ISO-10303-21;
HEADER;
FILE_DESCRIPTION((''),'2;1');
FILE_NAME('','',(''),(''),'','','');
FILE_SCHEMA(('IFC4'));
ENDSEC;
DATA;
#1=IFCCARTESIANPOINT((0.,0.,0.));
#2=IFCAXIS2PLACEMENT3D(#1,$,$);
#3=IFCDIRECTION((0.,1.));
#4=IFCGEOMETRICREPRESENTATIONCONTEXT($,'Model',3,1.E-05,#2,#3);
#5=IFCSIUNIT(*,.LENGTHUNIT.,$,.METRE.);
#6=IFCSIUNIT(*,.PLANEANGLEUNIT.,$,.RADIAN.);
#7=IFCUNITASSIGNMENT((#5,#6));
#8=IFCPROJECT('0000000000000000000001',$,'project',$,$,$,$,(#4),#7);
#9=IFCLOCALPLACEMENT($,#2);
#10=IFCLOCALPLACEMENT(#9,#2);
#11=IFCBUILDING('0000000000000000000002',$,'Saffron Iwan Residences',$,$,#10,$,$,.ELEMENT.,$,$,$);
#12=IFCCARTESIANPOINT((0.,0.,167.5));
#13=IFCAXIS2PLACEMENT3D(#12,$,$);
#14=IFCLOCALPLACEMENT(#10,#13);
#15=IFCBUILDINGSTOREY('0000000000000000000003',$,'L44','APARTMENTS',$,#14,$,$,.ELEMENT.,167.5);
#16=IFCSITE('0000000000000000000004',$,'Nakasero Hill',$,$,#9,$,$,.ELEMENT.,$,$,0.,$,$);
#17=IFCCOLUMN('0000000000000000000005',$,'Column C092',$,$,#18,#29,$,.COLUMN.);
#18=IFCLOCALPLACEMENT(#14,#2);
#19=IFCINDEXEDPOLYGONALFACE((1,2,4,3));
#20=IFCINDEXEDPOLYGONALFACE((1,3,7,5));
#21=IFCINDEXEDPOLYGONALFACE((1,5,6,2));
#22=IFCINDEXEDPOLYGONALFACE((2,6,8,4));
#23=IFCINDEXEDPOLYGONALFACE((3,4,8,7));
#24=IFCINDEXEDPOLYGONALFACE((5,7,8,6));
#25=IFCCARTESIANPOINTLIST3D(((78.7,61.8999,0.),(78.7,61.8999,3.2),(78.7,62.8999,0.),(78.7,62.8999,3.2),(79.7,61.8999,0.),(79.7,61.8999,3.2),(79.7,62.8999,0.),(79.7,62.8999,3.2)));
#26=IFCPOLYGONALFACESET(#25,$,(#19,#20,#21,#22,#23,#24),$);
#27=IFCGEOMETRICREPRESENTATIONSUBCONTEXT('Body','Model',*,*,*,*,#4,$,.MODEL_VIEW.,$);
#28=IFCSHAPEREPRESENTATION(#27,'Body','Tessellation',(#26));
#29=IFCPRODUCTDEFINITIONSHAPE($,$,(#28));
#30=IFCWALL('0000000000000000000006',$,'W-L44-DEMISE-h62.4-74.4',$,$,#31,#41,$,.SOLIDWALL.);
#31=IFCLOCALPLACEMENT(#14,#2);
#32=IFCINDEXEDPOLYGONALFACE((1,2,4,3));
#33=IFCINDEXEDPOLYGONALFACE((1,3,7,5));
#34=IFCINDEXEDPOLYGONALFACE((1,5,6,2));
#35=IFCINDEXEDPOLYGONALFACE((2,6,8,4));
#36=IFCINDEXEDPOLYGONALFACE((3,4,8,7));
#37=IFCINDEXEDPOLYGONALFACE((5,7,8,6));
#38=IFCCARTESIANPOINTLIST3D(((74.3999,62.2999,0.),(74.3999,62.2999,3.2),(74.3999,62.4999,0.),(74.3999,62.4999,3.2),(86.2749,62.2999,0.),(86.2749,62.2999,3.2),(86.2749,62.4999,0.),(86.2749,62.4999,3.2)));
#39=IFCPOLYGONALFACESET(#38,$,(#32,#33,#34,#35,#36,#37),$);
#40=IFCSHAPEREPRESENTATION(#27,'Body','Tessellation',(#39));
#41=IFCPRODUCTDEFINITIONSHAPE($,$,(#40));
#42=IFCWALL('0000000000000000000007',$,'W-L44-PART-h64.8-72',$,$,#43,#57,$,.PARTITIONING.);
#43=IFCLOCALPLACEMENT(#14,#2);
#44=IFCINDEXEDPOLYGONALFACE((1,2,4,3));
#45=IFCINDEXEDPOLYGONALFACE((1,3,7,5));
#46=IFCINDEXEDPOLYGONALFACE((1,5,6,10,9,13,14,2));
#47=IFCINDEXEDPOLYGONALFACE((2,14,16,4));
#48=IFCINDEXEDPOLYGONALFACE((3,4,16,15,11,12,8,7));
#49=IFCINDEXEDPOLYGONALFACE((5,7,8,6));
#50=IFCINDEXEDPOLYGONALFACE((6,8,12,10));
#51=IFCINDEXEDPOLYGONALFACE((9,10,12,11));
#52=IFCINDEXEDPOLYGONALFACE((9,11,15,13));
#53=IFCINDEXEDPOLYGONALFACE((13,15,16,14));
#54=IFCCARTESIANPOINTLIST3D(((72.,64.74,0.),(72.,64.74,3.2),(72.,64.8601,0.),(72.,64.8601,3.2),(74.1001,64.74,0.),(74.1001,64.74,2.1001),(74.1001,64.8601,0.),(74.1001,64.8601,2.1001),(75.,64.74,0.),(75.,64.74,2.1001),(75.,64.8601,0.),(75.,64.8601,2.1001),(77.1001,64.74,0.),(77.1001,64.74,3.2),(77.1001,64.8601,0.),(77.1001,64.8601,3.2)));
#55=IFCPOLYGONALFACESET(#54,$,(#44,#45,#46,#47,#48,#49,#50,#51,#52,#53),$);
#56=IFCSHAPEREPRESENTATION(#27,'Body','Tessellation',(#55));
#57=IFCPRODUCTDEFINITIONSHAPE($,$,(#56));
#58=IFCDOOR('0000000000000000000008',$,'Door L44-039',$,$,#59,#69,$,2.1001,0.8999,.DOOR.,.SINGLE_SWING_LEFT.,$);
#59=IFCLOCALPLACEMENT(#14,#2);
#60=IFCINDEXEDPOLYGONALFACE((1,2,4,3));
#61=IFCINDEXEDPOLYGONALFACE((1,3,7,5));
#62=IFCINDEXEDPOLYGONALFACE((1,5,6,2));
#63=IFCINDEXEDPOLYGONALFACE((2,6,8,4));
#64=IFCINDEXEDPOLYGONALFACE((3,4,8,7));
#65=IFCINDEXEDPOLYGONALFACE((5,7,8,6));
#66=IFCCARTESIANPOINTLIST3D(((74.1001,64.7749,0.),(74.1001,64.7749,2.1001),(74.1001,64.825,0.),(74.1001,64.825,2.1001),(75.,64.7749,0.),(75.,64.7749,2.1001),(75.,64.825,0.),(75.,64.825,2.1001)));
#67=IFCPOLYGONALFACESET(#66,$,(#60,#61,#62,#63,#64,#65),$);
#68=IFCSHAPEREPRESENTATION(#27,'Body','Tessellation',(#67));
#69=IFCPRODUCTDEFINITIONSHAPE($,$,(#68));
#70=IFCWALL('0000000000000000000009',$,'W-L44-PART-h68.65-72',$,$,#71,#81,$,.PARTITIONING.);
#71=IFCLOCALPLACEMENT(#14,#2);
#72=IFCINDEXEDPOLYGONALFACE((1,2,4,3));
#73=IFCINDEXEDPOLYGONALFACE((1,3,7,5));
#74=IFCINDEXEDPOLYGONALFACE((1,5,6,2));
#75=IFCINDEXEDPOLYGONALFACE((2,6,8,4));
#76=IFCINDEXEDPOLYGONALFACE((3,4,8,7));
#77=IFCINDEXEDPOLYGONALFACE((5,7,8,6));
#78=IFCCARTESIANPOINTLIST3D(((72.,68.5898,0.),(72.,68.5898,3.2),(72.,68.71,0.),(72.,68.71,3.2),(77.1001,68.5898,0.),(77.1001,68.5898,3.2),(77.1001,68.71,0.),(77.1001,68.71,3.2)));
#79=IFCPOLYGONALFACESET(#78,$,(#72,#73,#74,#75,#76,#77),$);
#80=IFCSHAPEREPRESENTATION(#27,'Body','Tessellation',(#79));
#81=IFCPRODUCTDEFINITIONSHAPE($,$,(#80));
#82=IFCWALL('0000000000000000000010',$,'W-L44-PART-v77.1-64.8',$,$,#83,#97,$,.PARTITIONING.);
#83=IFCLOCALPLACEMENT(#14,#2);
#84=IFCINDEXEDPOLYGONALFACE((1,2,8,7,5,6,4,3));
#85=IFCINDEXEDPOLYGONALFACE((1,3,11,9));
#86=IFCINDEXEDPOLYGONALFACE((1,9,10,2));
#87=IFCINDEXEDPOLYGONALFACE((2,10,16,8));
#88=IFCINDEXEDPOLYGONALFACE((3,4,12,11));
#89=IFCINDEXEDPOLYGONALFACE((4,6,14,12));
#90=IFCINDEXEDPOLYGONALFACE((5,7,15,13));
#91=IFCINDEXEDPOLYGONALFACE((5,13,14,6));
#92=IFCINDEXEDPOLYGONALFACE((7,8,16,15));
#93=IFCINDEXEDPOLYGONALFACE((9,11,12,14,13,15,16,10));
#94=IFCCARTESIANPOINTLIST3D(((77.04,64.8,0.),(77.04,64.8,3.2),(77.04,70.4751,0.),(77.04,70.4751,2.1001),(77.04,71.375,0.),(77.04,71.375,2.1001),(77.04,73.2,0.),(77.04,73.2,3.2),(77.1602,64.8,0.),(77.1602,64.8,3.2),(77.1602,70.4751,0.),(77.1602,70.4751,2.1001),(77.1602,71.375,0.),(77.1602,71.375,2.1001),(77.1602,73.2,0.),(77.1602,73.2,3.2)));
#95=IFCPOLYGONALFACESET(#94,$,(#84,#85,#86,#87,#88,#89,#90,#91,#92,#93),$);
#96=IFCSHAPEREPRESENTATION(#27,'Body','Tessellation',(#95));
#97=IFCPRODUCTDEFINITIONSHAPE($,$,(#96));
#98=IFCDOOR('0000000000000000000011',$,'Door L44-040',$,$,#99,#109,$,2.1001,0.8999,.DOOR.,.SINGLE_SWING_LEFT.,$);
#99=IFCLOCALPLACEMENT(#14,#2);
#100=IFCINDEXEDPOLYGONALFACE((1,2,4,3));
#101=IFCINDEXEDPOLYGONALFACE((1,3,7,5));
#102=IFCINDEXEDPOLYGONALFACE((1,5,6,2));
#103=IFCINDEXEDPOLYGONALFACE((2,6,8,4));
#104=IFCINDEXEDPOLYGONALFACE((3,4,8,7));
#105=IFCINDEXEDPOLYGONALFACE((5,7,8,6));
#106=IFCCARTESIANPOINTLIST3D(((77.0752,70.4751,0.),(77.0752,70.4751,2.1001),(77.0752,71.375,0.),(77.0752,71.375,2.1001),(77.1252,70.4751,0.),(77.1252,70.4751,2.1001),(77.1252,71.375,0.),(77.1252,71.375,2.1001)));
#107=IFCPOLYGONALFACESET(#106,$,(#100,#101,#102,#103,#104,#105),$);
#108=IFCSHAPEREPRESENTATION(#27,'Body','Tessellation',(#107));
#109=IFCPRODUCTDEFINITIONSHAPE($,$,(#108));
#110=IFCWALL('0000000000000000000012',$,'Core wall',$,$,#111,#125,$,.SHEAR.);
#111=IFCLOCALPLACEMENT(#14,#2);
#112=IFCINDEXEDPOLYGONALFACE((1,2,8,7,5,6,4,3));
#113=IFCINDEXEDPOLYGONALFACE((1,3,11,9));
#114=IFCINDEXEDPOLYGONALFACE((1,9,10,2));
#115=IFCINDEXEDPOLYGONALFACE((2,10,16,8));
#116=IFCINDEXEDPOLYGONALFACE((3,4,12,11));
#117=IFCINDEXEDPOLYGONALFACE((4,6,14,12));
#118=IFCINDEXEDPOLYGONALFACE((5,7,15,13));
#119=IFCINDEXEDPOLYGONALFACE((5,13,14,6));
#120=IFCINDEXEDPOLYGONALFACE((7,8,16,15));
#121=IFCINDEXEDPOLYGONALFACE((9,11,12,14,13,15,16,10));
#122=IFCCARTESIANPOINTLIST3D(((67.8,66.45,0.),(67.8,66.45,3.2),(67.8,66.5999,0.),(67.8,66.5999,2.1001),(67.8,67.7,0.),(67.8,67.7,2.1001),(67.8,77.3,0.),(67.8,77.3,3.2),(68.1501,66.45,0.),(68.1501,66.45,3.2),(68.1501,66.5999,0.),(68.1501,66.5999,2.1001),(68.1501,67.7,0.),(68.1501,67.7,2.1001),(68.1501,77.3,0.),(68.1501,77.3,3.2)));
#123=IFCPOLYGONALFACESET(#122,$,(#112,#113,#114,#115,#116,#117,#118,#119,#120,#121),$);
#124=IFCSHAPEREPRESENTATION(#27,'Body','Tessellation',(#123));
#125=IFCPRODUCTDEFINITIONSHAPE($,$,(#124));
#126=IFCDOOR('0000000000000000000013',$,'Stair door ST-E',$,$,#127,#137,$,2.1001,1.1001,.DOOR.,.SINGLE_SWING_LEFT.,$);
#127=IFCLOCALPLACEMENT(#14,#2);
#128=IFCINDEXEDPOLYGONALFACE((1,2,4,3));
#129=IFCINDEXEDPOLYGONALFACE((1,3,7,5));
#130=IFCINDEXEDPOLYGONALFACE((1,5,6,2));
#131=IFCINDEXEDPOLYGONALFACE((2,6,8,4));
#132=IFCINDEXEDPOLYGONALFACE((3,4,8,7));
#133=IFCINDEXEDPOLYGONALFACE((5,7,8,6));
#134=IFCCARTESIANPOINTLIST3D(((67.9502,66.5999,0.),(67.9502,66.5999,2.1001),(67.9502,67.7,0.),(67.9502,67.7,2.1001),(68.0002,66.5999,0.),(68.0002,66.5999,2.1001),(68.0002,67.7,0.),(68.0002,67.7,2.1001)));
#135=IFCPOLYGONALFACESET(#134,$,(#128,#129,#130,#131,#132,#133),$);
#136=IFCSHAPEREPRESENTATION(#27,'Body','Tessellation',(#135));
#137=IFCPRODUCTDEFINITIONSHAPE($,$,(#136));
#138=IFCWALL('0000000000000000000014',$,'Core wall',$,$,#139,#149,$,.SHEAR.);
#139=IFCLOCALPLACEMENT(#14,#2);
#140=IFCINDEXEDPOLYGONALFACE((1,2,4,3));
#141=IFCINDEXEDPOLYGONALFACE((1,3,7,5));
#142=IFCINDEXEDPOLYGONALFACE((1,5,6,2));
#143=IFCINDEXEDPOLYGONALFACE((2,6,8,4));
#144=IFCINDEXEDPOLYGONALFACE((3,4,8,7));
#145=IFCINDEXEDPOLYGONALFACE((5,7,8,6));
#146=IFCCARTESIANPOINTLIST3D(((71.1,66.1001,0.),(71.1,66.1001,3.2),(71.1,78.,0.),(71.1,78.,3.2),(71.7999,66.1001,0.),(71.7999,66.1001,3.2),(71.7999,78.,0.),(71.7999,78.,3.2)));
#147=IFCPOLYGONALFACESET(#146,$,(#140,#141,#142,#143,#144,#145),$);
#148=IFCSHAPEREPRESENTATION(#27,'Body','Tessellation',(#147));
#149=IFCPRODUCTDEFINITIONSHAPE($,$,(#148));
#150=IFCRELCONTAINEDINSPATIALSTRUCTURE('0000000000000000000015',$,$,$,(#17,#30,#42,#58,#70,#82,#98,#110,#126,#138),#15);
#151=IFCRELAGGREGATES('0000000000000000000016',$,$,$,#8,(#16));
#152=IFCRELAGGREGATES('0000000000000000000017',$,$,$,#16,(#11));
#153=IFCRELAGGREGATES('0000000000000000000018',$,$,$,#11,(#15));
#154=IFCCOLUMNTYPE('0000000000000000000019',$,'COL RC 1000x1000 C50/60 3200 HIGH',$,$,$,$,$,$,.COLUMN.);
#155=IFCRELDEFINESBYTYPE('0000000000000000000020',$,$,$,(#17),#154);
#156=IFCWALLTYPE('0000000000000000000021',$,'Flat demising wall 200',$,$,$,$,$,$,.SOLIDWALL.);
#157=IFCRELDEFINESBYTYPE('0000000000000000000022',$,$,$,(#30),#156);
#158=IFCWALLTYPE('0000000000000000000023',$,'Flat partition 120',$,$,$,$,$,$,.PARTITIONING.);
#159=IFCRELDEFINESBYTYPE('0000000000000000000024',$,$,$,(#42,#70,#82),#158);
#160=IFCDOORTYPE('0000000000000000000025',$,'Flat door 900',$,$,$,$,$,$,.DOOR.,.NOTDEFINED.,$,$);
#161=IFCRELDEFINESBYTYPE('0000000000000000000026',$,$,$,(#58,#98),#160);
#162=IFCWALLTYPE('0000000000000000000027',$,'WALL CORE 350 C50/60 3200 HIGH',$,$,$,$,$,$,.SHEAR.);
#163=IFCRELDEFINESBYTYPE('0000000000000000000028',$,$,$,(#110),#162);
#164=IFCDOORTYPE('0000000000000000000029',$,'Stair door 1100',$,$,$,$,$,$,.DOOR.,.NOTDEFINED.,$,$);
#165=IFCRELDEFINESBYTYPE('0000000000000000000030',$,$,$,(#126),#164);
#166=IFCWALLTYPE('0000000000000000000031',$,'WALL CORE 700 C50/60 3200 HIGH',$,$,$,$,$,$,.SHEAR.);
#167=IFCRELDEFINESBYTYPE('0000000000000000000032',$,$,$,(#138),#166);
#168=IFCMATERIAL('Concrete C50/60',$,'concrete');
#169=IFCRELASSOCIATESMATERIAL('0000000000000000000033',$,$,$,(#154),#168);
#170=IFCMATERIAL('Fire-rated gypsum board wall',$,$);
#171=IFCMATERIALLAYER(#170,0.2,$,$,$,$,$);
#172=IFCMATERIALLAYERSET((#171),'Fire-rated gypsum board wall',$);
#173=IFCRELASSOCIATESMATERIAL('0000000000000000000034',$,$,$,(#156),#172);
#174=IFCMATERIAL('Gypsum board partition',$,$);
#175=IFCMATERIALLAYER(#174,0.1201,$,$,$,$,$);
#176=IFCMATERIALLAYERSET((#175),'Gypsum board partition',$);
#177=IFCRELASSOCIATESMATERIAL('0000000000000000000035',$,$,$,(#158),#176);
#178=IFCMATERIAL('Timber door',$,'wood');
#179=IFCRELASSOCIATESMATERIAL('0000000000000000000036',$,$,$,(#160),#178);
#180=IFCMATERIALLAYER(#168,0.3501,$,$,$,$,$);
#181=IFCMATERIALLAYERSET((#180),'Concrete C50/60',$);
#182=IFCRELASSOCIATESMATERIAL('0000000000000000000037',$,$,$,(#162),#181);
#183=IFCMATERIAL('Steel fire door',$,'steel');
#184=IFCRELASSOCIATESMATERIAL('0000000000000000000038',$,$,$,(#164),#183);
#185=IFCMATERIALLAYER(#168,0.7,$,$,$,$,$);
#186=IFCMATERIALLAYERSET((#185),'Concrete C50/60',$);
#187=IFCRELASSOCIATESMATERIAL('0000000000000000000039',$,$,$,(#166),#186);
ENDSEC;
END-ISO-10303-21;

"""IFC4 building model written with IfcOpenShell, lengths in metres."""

from ifc_helpers import new_model, si_unit, direction, frame, frame_2d, origin, origin_2d, place, context, subcontext, project, spatial, rectangle, extrude, source, transform, mapped, material, layer, layer_set, material_profile, profile_set, type_object, element, fill, save


model = new_model("IFC4")

# Units and contexts
model_context = context("Model", 3, precision=1e-05, world=origin(), true_north=direction((0.0, 1.0)))
body_context = subcontext(model_context, "Body", "Model", "MODEL_VIEW")
ifc_project = project(units=[si_unit("LENGTHUNIT", "METRE"), si_unit("PLANEANGLEUNIT", "RADIAN")], contexts=[model_context])

# Site, building, storey
site_placement = place(None, origin())
site = spatial("IfcSite", under=ifc_project, at=site_placement, Name="Nakasero Hill", CompositionType="ELEMENT", RefElevation=0.0)
building_placement = place(site_placement, origin())
building = spatial("IfcBuilding", under=site, at=building_placement, Name="Saffron Iwan Residences", CompositionType="ELEMENT")
storey_placement = place(building_placement, frame((0.0, 0.0, 167.5)))
storey = spatial("IfcBuildingStorey", under=building, at=storey_placement, Name="L44", Description="APARTMENTS", CompositionType="ELEMENT", Elevation=167.5)

# Column
ifc_material_1 = material(Name="Concrete C50/60", Category="concrete")
ifc_material_profile = material_profile(ifc_material_1, rectangle(XDim=1.0, YDim=1.0, at=origin_2d()), Name="RC 1000x1000")
ifc_profile_set = profile_set([ifc_material_profile], Name="Concrete C50/60")
column_type = type_object("IfcColumnType", Name="COL RC 1000x1000 C50/60 3200 HIGH", PredefinedType="COLUMN", material=ifc_profile_set)
shared_shape = source(origin(), body_context, "Body", "SweptSolid", [
    extrude(rectangle(XDim=1.0, YDim=1.0, at=origin_2d()), origin(), (0.0, 0.0, 1.0), 3.2),
])
column_placement = place(storey_placement, frame((79.2, 62.3999, 0.0), z_axis=(0.0, 0.0, 1.0), x_axis=(1.0, 0.0, 0.0)))
element("IfcColumn", 1, at=column_placement, inside=storey, type_object=column_type, Name="Column C092", PredefinedType="COLUMN", context=body_context, shape_type="MappedRepresentation", body=[
    mapped(shared_shape, transform((0.0, 0.0, 0.0))),
])

# Wall
ifc_material_2 = material(Name="Fire-rated gypsum board wall")
ifc_layer_1 = layer(ifc_material_2, 0.2)
ifc_layer_set_1 = layer_set([ifc_layer_1], Name="Fire-rated gypsum board wall")
wall_type_1 = type_object("IfcWallType", Name="Flat demising wall 200", PredefinedType="SOLIDWALL", material=ifc_layer_set_1)
wall_1_placement = place(storey_placement, frame((74.3999, 62.3999, 0.0), z_axis=(0.0, 0.0, 1.0), x_axis=(1.0, 0.0, 0.0)))
element("IfcWall", 2, at=wall_1_placement, inside=storey, type_object=wall_type_1, Name="W-L44-DEMISE-h62.4-74.4", PredefinedType="SOLIDWALL", context=body_context, shape_type="SweptSolid", body=[
    extrude(rectangle(XDim=11.875, YDim=0.2, at=frame_2d((5.9375, 0.0))), origin(), (0.0, 0.0, 1.0), 3.2),
])

# Wall, opening, door
ifc_material_3 = material(Name="Gypsum board partition")
ifc_layer_2 = layer(ifc_material_3, 0.1201)
ifc_layer_set_2 = layer_set([ifc_layer_2], Name="Gypsum board partition")
wall_type_2 = type_object("IfcWallType", Name="Flat partition 120", PredefinedType="PARTITIONING", material=ifc_layer_set_2)
wall_2_placement = place(storey_placement, frame((72.0, 64.8, 0.0), z_axis=(0.0, 0.0, 1.0), x_axis=(1.0, 0.0, 0.0)))
wall_2 = element("IfcWall", 3, at=wall_2_placement, inside=storey, type_object=wall_type_2, Name="W-L44-PART-h64.8-72", PredefinedType="PARTITIONING", context=body_context, shape_type="SweptSolid", body=[
    extrude(rectangle(XDim=5.1001, YDim=0.1201, at=frame_2d((2.55, 0.0))), origin(), (0.0, 0.0, 1.0), 3.2),
])
opening_1_placement = place(wall_2_placement, frame((2.1001, 0.0, 0.0)))
opening_1 = element("IfcOpeningElement", 4, at=opening_1_placement, cuts=wall_2, PredefinedType="OPENING", context=body_context, shape_type="SweptSolid", body=[
    extrude(rectangle(XDim=0.8999, YDim=2.1001, at=frame_2d((0.45, 1.05))), frame((0.0, 0.0701, 0.0), z_axis=(0.0, -1.0, 0.0), x_axis=(1.0, 0.0, 0.0)), (0.0, 0.0, 1.0), 0.1401),
])
ifc_material_4 = material(Name="Timber door", Category="wood")
door_type_1 = type_object("IfcDoorType", Name="Flat door 900", OperationType="NOTDEFINED", PredefinedType="DOOR", material=ifc_material_4)
door_1_placement = place(opening_1_placement, origin())
door_1 = element("IfcDoor", 5, at=door_1_placement, inside=storey, type_object=door_type_1, Name="Door L44-039", OperationType="SINGLE_SWING_LEFT", OverallHeight=2.1001, OverallWidth=0.8999, PredefinedType="DOOR", context=body_context, shape_type="SweptSolid", body=[
    extrude(rectangle(XDim=0.8999, YDim=2.1001, at=frame_2d((0.45, 1.05))), frame((0.0, 0.0249, 0.0), z_axis=(0.0, -1.0, 0.0), x_axis=(1.0, 0.0, 0.0)), (0.0, 0.0, 1.0), 0.05),
])
fill(opening_1, door_1)

# Wall
wall_3_placement = place(storey_placement, frame((72.0, 68.6499, 0.0), z_axis=(0.0, 0.0, 1.0), x_axis=(1.0, 0.0, 0.0)))
element("IfcWall", 6, at=wall_3_placement, inside=storey, type_object=wall_type_2, Name="W-L44-PART-h68.65-72", PredefinedType="PARTITIONING", context=body_context, shape_type="SweptSolid", body=[
    extrude(rectangle(XDim=5.1001, YDim=0.1201, at=frame_2d((2.55, 0.0))), origin(), (0.0, 0.0, 1.0), 3.2),
])

# Walls, openings, doors
wall_4_placement = place(storey_placement, frame((77.1001, 64.8, 0.0), z_axis=(0.0, 0.0, 1.0), x_axis=(0.0, 1.0, 0.0)))
wall_4 = element("IfcWall", 7, at=wall_4_placement, inside=storey, type_object=wall_type_2, Name="W-L44-PART-v77.1-64.8", PredefinedType="PARTITIONING", context=body_context, shape_type="SweptSolid", body=[
    extrude(rectangle(XDim=8.3999, YDim=0.1201, at=frame_2d((4.2, 0.0))), origin(), (0.0, 0.0, 1.0), 3.2),
])
opening_2_placement = place(wall_4_placement, frame((5.675, 0.0, 0.0)))
opening_2 = element("IfcOpeningElement", 8, at=opening_2_placement, cuts=wall_4, PredefinedType="OPENING", context=body_context, shape_type="SweptSolid", body=[
    extrude(rectangle(XDim=0.8999, YDim=2.1001, at=frame_2d((0.45, 1.05))), frame((0.0, 0.0701, 0.0), z_axis=(0.0, -1.0, 0.0), x_axis=(1.0, 0.0, 0.0)), (0.0, 0.0, 1.0), 0.1401),
])
door_2_placement = place(opening_2_placement, origin())
door_2 = element("IfcDoor", 9, at=door_2_placement, inside=storey, type_object=door_type_1, Name="Door L44-040", OperationType="SINGLE_SWING_LEFT", OverallHeight=2.1001, OverallWidth=0.8999, PredefinedType="DOOR", context=body_context, shape_type="SweptSolid", body=[
    extrude(rectangle(XDim=0.8999, YDim=2.1001, at=frame_2d((0.45, 1.05))), frame((0.0, 0.0249, 0.0), z_axis=(0.0, -1.0, 0.0), x_axis=(1.0, 0.0, 0.0)), (0.0, 0.0, 1.0), 0.05),
])
fill(opening_2, door_2)
ifc_layer_3 = layer(ifc_material_1, 0.3501)
ifc_layer_set_3 = layer_set([ifc_layer_3], Name="Concrete C50/60")
wall_type_3 = type_object("IfcWallType", Name="WALL CORE 350 C50/60 3200 HIGH", PredefinedType="SHEAR", material=ifc_layer_set_3)
wall_5_placement = place(storey_placement, frame((67.9751, 66.45, 0.0), z_axis=(0.0, 0.0, 1.0), x_axis=(0.0, 1.0, 0.0)))
wall_5 = element("IfcWall", 10, at=wall_5_placement, inside=storey, type_object=wall_type_3, Name="Core wall", PredefinedType="SHEAR", context=body_context, shape_type="SweptSolid", body=[
    extrude(rectangle(XDim=10.8501, YDim=0.3501, at=frame_2d((5.425, 0.0))), origin(), (0.0, 0.0, 1.0), 3.2),
])
opening_3_placement = place(wall_5_placement, frame((0.1499, 0.0, 0.0)))
opening_3 = element("IfcOpeningElement", 11, at=opening_3_placement, cuts=wall_5, PredefinedType="OPENING", context=body_context, shape_type="SweptSolid", body=[
    extrude(rectangle(XDim=1.1001, YDim=2.1001, at=frame_2d((0.55, 1.05))), frame((0.0, 0.1851, 0.0), z_axis=(0.0, -1.0, 0.0), x_axis=(1.0, 0.0, 0.0)), (0.0, 0.0, 1.0), 0.3701),
])
ifc_material_5 = material(Name="Steel fire door", Category="steel")
door_type_2 = type_object("IfcDoorType", Name="Stair door 1100", OperationType="NOTDEFINED", PredefinedType="DOOR", material=ifc_material_5)
door_3_placement = place(opening_3_placement, origin())
door_3 = element("IfcDoor", 12, at=door_3_placement, inside=storey, type_object=door_type_2, Name="Stair door ST-E", OperationType="SINGLE_SWING_LEFT", OverallHeight=2.1001, OverallWidth=1.1001, PredefinedType="DOOR", context=body_context, shape_type="SweptSolid", body=[
    extrude(rectangle(XDim=1.1001, YDim=2.1001, at=frame_2d((0.55, 1.05))), frame((0.0, 0.0249, 0.0), z_axis=(0.0, -1.0, 0.0), x_axis=(1.0, 0.0, 0.0)), (0.0, 0.0, 1.0), 0.05),
])
fill(opening_3, door_3)

# Wall
ifc_layer_4 = layer(ifc_material_1, 0.7)
ifc_layer_set_4 = layer_set([ifc_layer_4], Name="Concrete C50/60")
wall_type_4 = type_object("IfcWallType", Name="WALL CORE 700 C50/60 3200 HIGH", PredefinedType="SHEAR", material=ifc_layer_set_4)
wall_6_placement = place(storey_placement, frame((71.45, 66.1001, 0.0), z_axis=(0.0, 0.0, 1.0), x_axis=(0.0, 1.0, 0.0)))
element("IfcWall", 13, at=wall_6_placement, inside=storey, type_object=wall_type_4, Name="Core wall", PredefinedType="SHEAR", context=body_context, shape_type="SweptSolid", body=[
    extrude(rectangle(XDim=11.8999, YDim=0.7, at=frame_2d((5.95, 0.0))), origin(), (0.0, 0.0, 1.0), 3.2),
])

save(model, "model.ifc")
